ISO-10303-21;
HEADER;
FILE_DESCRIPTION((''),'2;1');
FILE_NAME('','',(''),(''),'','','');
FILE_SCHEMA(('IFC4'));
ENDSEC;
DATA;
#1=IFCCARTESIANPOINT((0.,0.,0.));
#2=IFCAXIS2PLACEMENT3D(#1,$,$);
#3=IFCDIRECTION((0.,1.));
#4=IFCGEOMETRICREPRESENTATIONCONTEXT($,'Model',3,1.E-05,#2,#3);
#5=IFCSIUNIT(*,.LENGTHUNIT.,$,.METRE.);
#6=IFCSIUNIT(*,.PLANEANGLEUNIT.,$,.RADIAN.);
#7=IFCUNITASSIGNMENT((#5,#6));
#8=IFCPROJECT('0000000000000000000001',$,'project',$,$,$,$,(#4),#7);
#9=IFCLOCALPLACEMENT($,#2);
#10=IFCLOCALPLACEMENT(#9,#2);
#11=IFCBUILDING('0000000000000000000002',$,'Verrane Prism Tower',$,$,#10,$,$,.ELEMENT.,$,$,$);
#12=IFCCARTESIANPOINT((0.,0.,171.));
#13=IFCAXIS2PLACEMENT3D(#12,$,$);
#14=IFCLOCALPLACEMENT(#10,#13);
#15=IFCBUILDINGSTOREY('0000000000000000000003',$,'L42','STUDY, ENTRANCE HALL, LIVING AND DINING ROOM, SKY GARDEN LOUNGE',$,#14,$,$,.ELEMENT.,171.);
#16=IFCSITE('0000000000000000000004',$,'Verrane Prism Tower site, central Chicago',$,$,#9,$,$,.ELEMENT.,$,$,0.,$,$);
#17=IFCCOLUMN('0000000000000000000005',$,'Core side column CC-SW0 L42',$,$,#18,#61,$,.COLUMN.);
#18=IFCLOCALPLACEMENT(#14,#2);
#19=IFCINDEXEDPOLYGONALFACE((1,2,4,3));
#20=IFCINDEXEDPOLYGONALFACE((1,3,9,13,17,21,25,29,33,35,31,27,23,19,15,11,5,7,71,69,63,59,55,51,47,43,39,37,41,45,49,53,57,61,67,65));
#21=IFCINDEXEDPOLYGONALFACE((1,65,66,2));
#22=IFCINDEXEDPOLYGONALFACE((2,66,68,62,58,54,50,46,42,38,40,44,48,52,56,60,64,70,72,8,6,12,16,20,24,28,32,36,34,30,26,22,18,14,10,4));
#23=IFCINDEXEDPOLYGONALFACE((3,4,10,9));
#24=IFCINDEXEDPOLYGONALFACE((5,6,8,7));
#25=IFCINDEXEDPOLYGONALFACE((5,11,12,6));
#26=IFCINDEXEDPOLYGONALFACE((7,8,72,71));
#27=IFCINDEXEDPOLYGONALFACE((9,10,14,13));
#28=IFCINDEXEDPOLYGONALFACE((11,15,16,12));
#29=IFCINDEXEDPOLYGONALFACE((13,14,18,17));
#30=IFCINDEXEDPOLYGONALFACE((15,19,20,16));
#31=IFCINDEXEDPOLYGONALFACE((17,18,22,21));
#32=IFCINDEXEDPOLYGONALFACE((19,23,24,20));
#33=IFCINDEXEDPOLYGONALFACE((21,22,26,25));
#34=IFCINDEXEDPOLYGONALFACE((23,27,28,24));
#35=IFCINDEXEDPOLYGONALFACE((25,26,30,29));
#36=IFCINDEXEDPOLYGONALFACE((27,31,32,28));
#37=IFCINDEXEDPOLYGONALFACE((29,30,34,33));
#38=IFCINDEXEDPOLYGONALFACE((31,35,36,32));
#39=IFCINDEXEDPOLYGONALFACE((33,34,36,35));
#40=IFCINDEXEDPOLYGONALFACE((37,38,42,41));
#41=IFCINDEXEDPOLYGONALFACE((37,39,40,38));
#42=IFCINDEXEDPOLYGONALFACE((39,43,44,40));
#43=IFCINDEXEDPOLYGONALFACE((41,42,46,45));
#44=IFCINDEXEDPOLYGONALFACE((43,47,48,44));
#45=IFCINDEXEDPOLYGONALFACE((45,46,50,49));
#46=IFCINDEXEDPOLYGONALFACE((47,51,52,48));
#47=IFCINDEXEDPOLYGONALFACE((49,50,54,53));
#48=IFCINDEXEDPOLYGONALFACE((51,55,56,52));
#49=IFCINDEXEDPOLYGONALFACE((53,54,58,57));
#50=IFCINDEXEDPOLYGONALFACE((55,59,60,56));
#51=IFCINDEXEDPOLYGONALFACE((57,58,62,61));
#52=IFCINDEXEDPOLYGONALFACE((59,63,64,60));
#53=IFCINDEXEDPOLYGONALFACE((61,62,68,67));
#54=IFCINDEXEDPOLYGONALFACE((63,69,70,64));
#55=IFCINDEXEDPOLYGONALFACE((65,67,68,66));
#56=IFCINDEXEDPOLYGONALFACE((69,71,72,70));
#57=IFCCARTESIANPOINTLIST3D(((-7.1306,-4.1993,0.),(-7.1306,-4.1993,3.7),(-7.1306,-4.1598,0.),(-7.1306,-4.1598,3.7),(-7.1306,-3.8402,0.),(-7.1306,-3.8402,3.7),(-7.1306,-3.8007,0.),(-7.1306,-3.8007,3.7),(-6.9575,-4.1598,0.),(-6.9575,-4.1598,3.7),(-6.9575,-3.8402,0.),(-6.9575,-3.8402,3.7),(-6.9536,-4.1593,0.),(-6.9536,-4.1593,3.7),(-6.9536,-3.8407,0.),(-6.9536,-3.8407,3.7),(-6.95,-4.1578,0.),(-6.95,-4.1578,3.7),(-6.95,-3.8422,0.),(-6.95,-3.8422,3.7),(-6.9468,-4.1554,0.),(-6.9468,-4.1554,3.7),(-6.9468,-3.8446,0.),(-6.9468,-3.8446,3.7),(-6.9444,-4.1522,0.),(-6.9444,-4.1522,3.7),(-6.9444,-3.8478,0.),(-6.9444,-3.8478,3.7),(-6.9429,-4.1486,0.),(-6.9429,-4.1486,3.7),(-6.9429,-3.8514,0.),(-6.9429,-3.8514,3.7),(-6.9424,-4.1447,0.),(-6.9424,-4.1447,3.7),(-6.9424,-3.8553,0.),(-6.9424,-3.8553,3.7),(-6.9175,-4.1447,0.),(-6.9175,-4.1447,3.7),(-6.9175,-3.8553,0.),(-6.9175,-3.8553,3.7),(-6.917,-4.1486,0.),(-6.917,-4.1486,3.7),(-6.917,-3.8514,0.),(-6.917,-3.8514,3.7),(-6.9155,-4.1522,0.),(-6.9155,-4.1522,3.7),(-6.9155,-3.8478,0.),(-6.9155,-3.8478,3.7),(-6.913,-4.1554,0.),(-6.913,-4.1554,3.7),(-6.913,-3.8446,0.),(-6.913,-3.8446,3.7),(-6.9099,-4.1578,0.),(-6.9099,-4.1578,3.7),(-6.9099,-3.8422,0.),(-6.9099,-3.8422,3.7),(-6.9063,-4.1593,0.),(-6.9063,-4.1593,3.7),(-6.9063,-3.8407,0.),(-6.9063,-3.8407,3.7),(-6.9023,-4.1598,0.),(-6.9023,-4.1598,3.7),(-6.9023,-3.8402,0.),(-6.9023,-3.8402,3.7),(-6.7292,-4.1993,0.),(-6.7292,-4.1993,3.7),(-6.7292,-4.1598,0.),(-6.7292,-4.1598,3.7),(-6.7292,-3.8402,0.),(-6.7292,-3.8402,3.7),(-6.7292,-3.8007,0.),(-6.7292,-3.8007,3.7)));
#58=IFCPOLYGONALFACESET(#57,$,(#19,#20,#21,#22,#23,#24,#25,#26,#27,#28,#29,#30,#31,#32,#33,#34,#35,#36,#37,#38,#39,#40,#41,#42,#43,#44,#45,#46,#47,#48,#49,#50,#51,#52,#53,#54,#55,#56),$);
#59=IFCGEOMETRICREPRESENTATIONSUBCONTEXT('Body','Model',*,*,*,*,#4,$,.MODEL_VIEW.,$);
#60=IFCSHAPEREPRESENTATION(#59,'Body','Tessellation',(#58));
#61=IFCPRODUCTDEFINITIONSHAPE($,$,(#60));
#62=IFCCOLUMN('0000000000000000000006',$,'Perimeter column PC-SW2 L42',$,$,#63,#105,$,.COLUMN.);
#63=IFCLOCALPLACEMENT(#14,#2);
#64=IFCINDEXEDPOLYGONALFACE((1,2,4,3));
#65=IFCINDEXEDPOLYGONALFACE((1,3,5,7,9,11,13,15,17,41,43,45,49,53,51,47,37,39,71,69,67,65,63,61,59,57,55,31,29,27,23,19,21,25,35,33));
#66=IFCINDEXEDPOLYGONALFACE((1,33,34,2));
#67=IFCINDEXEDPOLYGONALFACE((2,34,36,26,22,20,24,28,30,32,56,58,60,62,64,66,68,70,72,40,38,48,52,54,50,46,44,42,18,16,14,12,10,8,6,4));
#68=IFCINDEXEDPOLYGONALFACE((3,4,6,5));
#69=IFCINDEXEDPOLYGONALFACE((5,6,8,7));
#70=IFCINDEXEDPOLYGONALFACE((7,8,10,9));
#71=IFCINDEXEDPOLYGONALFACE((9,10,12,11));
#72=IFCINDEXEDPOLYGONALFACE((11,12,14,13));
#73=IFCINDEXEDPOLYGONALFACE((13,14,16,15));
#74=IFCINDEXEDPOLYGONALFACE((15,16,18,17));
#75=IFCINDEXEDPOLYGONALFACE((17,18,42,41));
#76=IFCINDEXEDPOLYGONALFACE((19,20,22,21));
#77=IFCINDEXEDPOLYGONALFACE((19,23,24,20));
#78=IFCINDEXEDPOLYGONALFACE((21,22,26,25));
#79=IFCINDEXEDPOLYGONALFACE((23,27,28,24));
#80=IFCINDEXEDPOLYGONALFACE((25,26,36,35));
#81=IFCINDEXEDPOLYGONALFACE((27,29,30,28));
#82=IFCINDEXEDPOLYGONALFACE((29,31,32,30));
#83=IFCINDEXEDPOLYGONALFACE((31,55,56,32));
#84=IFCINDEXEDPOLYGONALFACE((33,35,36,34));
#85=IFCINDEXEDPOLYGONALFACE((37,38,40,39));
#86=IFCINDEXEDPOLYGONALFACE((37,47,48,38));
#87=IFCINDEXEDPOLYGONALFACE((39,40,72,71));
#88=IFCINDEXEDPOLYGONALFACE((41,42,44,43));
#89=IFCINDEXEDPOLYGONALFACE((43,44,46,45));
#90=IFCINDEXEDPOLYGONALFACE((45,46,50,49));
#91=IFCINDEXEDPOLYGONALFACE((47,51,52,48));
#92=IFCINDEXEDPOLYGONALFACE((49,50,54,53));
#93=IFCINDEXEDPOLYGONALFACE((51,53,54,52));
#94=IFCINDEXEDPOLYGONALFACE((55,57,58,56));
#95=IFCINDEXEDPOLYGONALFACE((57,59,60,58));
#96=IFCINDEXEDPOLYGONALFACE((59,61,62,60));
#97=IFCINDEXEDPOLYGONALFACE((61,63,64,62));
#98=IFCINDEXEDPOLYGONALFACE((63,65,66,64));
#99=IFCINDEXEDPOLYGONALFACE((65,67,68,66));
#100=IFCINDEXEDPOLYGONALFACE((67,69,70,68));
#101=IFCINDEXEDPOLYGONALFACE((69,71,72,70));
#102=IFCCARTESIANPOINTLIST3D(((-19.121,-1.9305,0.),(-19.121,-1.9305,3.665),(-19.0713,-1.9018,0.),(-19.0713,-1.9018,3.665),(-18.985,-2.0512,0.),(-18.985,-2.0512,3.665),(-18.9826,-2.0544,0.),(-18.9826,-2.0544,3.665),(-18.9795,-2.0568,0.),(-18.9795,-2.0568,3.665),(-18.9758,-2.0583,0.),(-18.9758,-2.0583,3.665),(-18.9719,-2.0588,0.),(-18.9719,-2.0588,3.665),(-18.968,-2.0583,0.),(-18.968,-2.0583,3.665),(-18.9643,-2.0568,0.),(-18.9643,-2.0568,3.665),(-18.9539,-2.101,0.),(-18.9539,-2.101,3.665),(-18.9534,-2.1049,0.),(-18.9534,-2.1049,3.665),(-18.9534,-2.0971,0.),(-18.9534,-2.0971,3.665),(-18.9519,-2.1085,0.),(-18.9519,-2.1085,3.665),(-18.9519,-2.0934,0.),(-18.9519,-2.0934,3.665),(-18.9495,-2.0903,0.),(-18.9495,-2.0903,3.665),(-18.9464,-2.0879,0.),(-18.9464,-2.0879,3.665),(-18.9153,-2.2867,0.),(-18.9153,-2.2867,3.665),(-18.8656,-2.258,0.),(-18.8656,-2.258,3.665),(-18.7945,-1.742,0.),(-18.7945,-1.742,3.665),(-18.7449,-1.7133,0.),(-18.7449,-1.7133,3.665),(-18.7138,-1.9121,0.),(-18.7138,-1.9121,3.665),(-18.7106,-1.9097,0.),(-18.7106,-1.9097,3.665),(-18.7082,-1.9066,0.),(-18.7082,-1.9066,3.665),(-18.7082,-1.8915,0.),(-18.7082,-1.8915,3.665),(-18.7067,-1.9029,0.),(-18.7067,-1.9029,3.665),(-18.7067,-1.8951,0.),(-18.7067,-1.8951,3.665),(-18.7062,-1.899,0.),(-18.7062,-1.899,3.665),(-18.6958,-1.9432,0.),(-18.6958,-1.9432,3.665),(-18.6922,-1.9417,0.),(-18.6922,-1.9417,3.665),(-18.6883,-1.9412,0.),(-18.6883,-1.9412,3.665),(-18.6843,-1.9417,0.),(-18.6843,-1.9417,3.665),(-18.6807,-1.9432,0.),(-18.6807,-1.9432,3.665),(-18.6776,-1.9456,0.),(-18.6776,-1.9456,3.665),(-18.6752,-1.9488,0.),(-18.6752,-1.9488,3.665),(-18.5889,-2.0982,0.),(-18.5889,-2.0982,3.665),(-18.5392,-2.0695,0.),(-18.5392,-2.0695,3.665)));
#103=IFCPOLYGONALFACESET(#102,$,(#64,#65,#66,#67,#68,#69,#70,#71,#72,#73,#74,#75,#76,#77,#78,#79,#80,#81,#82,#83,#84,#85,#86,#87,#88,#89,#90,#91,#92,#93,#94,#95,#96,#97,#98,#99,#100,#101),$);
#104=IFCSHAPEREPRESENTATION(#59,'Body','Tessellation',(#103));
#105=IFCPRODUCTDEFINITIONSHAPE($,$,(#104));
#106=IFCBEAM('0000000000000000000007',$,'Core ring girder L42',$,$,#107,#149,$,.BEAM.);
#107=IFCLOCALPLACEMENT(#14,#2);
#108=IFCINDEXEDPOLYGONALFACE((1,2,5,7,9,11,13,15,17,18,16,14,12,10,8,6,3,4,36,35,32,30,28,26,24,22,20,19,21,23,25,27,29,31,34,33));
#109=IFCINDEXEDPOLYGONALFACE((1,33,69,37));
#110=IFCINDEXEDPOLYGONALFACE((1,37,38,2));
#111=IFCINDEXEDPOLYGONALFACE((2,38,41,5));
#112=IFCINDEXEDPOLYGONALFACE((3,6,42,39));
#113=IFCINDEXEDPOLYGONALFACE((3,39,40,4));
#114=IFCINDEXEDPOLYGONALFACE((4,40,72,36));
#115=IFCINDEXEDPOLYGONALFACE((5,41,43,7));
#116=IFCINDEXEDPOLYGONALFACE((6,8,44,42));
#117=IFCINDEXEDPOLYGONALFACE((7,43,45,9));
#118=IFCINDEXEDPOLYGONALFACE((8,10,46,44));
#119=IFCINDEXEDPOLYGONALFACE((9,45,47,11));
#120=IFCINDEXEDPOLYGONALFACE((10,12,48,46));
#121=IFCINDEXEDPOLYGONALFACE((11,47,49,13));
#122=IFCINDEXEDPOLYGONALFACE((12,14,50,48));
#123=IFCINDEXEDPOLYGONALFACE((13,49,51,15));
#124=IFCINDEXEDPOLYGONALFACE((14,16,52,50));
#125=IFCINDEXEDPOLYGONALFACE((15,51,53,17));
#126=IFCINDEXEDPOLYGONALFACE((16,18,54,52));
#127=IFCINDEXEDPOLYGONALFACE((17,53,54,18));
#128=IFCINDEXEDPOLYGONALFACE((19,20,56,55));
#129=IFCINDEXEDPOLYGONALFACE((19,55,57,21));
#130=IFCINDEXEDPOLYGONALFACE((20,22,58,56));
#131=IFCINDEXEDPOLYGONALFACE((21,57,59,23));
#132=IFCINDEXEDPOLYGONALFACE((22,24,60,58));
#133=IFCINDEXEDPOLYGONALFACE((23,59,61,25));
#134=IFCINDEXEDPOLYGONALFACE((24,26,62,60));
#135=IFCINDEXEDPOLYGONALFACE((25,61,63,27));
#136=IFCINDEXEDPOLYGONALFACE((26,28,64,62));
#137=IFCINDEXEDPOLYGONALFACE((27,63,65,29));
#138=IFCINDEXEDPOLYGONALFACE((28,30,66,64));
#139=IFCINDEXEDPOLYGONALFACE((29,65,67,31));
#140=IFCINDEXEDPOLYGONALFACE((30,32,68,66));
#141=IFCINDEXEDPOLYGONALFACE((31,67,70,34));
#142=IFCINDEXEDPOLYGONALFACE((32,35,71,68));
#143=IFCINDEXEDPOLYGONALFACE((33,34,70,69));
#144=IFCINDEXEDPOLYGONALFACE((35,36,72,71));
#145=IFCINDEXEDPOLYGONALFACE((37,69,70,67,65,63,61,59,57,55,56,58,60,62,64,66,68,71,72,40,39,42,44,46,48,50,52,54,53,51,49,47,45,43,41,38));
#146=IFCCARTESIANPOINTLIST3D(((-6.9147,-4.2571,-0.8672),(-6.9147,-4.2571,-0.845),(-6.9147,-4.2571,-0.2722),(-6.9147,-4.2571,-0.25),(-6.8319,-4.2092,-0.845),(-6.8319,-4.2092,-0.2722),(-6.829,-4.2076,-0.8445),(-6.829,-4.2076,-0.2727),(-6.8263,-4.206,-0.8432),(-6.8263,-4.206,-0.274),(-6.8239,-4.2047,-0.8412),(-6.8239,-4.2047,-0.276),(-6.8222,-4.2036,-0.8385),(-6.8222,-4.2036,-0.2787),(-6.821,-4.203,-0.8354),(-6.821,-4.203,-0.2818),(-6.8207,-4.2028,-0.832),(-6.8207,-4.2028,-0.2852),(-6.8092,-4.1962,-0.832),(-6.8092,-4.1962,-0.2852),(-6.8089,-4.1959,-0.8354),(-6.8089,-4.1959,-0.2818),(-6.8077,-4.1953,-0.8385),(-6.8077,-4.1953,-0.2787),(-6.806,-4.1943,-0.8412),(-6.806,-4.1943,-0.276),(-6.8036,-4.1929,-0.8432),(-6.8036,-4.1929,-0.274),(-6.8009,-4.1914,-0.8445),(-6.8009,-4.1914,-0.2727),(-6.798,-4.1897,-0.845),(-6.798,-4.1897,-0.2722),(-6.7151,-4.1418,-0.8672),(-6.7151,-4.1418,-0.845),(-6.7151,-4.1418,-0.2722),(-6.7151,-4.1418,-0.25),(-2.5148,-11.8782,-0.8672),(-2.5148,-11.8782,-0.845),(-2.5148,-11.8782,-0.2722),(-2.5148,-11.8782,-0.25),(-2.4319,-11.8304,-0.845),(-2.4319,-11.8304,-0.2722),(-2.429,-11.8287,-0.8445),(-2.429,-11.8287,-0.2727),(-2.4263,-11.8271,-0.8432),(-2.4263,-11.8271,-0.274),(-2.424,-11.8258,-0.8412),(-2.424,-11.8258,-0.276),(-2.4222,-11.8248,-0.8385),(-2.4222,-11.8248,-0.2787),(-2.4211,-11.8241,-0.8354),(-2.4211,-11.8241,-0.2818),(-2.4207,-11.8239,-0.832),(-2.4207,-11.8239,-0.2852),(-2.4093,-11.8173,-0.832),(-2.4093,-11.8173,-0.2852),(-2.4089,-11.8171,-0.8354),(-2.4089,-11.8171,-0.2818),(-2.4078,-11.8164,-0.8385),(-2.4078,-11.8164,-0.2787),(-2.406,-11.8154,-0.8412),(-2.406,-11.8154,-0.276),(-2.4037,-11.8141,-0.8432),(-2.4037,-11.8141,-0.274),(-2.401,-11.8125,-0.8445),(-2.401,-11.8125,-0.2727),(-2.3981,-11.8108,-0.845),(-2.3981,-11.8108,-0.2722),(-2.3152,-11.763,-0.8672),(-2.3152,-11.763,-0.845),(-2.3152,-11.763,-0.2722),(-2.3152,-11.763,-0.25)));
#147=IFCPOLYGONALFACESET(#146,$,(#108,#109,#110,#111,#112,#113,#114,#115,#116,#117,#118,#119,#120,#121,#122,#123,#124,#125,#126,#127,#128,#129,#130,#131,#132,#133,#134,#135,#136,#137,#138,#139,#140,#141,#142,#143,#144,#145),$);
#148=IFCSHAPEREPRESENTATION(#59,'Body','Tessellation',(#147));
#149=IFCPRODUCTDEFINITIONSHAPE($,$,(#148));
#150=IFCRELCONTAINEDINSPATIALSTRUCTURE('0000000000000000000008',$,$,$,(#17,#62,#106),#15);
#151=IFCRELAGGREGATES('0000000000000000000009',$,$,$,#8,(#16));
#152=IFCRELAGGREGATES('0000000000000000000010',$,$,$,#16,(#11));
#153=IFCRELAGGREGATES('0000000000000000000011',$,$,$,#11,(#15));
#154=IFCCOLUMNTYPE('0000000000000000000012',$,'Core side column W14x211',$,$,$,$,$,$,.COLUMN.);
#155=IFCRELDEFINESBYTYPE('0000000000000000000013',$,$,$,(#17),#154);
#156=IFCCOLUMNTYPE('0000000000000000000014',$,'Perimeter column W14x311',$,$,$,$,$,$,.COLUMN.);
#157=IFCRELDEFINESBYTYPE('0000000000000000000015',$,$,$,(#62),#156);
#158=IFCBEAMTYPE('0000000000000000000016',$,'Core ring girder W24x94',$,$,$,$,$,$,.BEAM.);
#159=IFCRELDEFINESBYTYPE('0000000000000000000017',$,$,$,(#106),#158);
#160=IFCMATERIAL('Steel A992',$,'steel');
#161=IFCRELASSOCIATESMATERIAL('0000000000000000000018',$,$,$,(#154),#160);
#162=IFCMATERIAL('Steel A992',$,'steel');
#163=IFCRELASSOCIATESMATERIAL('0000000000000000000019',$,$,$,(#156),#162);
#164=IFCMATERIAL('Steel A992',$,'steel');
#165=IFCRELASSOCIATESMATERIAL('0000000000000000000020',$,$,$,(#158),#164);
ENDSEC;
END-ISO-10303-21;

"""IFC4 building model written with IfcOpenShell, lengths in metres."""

from ifc_helpers import new_model, si_unit, direction, frame, origin, origin_2d, place, context, subcontext, project, spatial, i_section, extrude, material, material_profile, profile_set, type_object, element, save


model = new_model("IFC4")

# Units and contexts
model_context = context("Model", 3, precision=1e-05, world=origin(), true_north=direction((0.0, 1.0)))
body_context = subcontext(model_context, "Body", "Model", "MODEL_VIEW")
ifc_project = project(units=[si_unit("LENGTHUNIT", "METRE"), si_unit("PLANEANGLEUNIT", "RADIAN")], contexts=[model_context])

# Site, building, storey
site_placement = place(None, origin())
site = spatial("IfcSite", under=ifc_project, at=site_placement, Name="Verrane Prism Tower site, central Chicago", CompositionType="ELEMENT", RefElevation=0.0)
building_placement = place(site_placement, origin())
building = spatial("IfcBuilding", under=site, at=building_placement, Name="Verrane Prism Tower", CompositionType="ELEMENT")
storey_placement = place(building_placement, frame((0.0, 0.0, 171.0)))
storey = spatial("IfcBuildingStorey", under=building, at=storey_placement, Name="L42", Description="STUDY, ENTRANCE HALL, LIVING AND DINING ROOM, SKY GARDEN LOUNGE", CompositionType="ELEMENT", Elevation=171.0)

# Columns
ifc_material_1 = material(Name="Steel A992", Category="steel")
ifc_material_profile_1 = material_profile(ifc_material_1, i_section(OverallWidth=0.4014, OverallDepth=0.3987, WebThickness=0.0249, FlangeThickness=0.0396, FilletRadius=0.0151, at=origin_2d()), Name="W14x211")
ifc_profile_set_1 = profile_set([ifc_material_profile_1], Name="Steel A992")
column_type_1 = type_object("IfcColumnType", Name="Core side column W14x211", PredefinedType="COLUMN", material=ifc_profile_set_1)
column_1_placement = place(storey_placement, frame((-6.9299, -4.0, 0.0), z_axis=(0.0, 0.0, 1.0), x_axis=(1.0, 0.0, 0.0)))
element("IfcColumn", 1, at=column_1_placement, inside=storey, type_object=column_type_1, Name="Core side column CC-SW0 L42", PredefinedType="COLUMN", context=body_context, shape_type="SweptSolid", body=[
    extrude(i_section(OverallWidth=0.4014, OverallDepth=0.3987, WebThickness=0.0249, FlangeThickness=0.0396, FilletRadius=0.0151, at=origin_2d()), origin(), (0.0, 0.0, 1.0), 3.7),
])
ifc_material_2 = material(Name="Steel A992", Category="steel")
ifc_material_profile_2 = material_profile(ifc_material_2, i_section(OverallWidth=0.4114, OverallDepth=0.4343, WebThickness=0.0359, FlangeThickness=0.0574, FilletRadius=0.0151, at=origin_2d()), Name="W14x311")
ifc_profile_set_2 = profile_set([ifc_material_profile_2], Name="Steel A992")
column_type_2 = type_object("IfcColumnType", Name="Perimeter column W14x311", PredefinedType="COLUMN", material=ifc_profile_set_2)
column_2_placement = place(storey_placement, frame((-18.8301, -2.0, 0.0), z_axis=(0.0, 0.0, 1.0), x_axis=(-0.5, 0.866025, 0.0)))
element("IfcColumn", 2, at=column_2_placement, inside=storey, type_object=column_type_2, Name="Perimeter column PC-SW2 L42", PredefinedType="COLUMN", context=body_context, shape_type="SweptSolid", body=[
    extrude(i_section(OverallWidth=0.4114, OverallDepth=0.4343, WebThickness=0.0359, FlangeThickness=0.0574, FilletRadius=0.0151, at=origin_2d()), origin(), (0.0, 0.0, 1.0), 3.665),
])

# Beam
ifc_material_3 = material(Name="Steel A992", Category="steel")
ifc_material_profile_3 = material_profile(ifc_material_3, i_section(OverallWidth=0.2305, OverallDepth=0.6172, WebThickness=0.0132, FlangeThickness=0.0222, FilletRadius=0.0129, at=origin_2d()), Name="W24x94")
ifc_profile_set_3 = profile_set([ifc_material_profile_3], Name="Steel A992")
beam_type_1 = type_object("IfcBeamType", Name="Core ring girder W24x94", PredefinedType="BEAM", material=ifc_profile_set_3)
beam_1_placement = place(storey_placement, frame((-6.8149, -4.1995, -0.5586), z_axis=(0.499988, -0.866032, 0.0), x_axis=(0.866032, 0.499988, 0.0)))
element("IfcBeam", 3, at=beam_1_placement, inside=storey, type_object=beam_type_1, Name="Core ring girder L42", PredefinedType="BEAM", context=body_context, shape_type="SweptSolid", body=[
    extrude(i_section(OverallWidth=0.2305, OverallDepth=0.6172, WebThickness=0.0132, FlangeThickness=0.0222, FilletRadius=0.0129, at=origin_2d()), origin(), (0.0, 0.0, 1.0), 8.8),
])

save(model, "model.ifc")
